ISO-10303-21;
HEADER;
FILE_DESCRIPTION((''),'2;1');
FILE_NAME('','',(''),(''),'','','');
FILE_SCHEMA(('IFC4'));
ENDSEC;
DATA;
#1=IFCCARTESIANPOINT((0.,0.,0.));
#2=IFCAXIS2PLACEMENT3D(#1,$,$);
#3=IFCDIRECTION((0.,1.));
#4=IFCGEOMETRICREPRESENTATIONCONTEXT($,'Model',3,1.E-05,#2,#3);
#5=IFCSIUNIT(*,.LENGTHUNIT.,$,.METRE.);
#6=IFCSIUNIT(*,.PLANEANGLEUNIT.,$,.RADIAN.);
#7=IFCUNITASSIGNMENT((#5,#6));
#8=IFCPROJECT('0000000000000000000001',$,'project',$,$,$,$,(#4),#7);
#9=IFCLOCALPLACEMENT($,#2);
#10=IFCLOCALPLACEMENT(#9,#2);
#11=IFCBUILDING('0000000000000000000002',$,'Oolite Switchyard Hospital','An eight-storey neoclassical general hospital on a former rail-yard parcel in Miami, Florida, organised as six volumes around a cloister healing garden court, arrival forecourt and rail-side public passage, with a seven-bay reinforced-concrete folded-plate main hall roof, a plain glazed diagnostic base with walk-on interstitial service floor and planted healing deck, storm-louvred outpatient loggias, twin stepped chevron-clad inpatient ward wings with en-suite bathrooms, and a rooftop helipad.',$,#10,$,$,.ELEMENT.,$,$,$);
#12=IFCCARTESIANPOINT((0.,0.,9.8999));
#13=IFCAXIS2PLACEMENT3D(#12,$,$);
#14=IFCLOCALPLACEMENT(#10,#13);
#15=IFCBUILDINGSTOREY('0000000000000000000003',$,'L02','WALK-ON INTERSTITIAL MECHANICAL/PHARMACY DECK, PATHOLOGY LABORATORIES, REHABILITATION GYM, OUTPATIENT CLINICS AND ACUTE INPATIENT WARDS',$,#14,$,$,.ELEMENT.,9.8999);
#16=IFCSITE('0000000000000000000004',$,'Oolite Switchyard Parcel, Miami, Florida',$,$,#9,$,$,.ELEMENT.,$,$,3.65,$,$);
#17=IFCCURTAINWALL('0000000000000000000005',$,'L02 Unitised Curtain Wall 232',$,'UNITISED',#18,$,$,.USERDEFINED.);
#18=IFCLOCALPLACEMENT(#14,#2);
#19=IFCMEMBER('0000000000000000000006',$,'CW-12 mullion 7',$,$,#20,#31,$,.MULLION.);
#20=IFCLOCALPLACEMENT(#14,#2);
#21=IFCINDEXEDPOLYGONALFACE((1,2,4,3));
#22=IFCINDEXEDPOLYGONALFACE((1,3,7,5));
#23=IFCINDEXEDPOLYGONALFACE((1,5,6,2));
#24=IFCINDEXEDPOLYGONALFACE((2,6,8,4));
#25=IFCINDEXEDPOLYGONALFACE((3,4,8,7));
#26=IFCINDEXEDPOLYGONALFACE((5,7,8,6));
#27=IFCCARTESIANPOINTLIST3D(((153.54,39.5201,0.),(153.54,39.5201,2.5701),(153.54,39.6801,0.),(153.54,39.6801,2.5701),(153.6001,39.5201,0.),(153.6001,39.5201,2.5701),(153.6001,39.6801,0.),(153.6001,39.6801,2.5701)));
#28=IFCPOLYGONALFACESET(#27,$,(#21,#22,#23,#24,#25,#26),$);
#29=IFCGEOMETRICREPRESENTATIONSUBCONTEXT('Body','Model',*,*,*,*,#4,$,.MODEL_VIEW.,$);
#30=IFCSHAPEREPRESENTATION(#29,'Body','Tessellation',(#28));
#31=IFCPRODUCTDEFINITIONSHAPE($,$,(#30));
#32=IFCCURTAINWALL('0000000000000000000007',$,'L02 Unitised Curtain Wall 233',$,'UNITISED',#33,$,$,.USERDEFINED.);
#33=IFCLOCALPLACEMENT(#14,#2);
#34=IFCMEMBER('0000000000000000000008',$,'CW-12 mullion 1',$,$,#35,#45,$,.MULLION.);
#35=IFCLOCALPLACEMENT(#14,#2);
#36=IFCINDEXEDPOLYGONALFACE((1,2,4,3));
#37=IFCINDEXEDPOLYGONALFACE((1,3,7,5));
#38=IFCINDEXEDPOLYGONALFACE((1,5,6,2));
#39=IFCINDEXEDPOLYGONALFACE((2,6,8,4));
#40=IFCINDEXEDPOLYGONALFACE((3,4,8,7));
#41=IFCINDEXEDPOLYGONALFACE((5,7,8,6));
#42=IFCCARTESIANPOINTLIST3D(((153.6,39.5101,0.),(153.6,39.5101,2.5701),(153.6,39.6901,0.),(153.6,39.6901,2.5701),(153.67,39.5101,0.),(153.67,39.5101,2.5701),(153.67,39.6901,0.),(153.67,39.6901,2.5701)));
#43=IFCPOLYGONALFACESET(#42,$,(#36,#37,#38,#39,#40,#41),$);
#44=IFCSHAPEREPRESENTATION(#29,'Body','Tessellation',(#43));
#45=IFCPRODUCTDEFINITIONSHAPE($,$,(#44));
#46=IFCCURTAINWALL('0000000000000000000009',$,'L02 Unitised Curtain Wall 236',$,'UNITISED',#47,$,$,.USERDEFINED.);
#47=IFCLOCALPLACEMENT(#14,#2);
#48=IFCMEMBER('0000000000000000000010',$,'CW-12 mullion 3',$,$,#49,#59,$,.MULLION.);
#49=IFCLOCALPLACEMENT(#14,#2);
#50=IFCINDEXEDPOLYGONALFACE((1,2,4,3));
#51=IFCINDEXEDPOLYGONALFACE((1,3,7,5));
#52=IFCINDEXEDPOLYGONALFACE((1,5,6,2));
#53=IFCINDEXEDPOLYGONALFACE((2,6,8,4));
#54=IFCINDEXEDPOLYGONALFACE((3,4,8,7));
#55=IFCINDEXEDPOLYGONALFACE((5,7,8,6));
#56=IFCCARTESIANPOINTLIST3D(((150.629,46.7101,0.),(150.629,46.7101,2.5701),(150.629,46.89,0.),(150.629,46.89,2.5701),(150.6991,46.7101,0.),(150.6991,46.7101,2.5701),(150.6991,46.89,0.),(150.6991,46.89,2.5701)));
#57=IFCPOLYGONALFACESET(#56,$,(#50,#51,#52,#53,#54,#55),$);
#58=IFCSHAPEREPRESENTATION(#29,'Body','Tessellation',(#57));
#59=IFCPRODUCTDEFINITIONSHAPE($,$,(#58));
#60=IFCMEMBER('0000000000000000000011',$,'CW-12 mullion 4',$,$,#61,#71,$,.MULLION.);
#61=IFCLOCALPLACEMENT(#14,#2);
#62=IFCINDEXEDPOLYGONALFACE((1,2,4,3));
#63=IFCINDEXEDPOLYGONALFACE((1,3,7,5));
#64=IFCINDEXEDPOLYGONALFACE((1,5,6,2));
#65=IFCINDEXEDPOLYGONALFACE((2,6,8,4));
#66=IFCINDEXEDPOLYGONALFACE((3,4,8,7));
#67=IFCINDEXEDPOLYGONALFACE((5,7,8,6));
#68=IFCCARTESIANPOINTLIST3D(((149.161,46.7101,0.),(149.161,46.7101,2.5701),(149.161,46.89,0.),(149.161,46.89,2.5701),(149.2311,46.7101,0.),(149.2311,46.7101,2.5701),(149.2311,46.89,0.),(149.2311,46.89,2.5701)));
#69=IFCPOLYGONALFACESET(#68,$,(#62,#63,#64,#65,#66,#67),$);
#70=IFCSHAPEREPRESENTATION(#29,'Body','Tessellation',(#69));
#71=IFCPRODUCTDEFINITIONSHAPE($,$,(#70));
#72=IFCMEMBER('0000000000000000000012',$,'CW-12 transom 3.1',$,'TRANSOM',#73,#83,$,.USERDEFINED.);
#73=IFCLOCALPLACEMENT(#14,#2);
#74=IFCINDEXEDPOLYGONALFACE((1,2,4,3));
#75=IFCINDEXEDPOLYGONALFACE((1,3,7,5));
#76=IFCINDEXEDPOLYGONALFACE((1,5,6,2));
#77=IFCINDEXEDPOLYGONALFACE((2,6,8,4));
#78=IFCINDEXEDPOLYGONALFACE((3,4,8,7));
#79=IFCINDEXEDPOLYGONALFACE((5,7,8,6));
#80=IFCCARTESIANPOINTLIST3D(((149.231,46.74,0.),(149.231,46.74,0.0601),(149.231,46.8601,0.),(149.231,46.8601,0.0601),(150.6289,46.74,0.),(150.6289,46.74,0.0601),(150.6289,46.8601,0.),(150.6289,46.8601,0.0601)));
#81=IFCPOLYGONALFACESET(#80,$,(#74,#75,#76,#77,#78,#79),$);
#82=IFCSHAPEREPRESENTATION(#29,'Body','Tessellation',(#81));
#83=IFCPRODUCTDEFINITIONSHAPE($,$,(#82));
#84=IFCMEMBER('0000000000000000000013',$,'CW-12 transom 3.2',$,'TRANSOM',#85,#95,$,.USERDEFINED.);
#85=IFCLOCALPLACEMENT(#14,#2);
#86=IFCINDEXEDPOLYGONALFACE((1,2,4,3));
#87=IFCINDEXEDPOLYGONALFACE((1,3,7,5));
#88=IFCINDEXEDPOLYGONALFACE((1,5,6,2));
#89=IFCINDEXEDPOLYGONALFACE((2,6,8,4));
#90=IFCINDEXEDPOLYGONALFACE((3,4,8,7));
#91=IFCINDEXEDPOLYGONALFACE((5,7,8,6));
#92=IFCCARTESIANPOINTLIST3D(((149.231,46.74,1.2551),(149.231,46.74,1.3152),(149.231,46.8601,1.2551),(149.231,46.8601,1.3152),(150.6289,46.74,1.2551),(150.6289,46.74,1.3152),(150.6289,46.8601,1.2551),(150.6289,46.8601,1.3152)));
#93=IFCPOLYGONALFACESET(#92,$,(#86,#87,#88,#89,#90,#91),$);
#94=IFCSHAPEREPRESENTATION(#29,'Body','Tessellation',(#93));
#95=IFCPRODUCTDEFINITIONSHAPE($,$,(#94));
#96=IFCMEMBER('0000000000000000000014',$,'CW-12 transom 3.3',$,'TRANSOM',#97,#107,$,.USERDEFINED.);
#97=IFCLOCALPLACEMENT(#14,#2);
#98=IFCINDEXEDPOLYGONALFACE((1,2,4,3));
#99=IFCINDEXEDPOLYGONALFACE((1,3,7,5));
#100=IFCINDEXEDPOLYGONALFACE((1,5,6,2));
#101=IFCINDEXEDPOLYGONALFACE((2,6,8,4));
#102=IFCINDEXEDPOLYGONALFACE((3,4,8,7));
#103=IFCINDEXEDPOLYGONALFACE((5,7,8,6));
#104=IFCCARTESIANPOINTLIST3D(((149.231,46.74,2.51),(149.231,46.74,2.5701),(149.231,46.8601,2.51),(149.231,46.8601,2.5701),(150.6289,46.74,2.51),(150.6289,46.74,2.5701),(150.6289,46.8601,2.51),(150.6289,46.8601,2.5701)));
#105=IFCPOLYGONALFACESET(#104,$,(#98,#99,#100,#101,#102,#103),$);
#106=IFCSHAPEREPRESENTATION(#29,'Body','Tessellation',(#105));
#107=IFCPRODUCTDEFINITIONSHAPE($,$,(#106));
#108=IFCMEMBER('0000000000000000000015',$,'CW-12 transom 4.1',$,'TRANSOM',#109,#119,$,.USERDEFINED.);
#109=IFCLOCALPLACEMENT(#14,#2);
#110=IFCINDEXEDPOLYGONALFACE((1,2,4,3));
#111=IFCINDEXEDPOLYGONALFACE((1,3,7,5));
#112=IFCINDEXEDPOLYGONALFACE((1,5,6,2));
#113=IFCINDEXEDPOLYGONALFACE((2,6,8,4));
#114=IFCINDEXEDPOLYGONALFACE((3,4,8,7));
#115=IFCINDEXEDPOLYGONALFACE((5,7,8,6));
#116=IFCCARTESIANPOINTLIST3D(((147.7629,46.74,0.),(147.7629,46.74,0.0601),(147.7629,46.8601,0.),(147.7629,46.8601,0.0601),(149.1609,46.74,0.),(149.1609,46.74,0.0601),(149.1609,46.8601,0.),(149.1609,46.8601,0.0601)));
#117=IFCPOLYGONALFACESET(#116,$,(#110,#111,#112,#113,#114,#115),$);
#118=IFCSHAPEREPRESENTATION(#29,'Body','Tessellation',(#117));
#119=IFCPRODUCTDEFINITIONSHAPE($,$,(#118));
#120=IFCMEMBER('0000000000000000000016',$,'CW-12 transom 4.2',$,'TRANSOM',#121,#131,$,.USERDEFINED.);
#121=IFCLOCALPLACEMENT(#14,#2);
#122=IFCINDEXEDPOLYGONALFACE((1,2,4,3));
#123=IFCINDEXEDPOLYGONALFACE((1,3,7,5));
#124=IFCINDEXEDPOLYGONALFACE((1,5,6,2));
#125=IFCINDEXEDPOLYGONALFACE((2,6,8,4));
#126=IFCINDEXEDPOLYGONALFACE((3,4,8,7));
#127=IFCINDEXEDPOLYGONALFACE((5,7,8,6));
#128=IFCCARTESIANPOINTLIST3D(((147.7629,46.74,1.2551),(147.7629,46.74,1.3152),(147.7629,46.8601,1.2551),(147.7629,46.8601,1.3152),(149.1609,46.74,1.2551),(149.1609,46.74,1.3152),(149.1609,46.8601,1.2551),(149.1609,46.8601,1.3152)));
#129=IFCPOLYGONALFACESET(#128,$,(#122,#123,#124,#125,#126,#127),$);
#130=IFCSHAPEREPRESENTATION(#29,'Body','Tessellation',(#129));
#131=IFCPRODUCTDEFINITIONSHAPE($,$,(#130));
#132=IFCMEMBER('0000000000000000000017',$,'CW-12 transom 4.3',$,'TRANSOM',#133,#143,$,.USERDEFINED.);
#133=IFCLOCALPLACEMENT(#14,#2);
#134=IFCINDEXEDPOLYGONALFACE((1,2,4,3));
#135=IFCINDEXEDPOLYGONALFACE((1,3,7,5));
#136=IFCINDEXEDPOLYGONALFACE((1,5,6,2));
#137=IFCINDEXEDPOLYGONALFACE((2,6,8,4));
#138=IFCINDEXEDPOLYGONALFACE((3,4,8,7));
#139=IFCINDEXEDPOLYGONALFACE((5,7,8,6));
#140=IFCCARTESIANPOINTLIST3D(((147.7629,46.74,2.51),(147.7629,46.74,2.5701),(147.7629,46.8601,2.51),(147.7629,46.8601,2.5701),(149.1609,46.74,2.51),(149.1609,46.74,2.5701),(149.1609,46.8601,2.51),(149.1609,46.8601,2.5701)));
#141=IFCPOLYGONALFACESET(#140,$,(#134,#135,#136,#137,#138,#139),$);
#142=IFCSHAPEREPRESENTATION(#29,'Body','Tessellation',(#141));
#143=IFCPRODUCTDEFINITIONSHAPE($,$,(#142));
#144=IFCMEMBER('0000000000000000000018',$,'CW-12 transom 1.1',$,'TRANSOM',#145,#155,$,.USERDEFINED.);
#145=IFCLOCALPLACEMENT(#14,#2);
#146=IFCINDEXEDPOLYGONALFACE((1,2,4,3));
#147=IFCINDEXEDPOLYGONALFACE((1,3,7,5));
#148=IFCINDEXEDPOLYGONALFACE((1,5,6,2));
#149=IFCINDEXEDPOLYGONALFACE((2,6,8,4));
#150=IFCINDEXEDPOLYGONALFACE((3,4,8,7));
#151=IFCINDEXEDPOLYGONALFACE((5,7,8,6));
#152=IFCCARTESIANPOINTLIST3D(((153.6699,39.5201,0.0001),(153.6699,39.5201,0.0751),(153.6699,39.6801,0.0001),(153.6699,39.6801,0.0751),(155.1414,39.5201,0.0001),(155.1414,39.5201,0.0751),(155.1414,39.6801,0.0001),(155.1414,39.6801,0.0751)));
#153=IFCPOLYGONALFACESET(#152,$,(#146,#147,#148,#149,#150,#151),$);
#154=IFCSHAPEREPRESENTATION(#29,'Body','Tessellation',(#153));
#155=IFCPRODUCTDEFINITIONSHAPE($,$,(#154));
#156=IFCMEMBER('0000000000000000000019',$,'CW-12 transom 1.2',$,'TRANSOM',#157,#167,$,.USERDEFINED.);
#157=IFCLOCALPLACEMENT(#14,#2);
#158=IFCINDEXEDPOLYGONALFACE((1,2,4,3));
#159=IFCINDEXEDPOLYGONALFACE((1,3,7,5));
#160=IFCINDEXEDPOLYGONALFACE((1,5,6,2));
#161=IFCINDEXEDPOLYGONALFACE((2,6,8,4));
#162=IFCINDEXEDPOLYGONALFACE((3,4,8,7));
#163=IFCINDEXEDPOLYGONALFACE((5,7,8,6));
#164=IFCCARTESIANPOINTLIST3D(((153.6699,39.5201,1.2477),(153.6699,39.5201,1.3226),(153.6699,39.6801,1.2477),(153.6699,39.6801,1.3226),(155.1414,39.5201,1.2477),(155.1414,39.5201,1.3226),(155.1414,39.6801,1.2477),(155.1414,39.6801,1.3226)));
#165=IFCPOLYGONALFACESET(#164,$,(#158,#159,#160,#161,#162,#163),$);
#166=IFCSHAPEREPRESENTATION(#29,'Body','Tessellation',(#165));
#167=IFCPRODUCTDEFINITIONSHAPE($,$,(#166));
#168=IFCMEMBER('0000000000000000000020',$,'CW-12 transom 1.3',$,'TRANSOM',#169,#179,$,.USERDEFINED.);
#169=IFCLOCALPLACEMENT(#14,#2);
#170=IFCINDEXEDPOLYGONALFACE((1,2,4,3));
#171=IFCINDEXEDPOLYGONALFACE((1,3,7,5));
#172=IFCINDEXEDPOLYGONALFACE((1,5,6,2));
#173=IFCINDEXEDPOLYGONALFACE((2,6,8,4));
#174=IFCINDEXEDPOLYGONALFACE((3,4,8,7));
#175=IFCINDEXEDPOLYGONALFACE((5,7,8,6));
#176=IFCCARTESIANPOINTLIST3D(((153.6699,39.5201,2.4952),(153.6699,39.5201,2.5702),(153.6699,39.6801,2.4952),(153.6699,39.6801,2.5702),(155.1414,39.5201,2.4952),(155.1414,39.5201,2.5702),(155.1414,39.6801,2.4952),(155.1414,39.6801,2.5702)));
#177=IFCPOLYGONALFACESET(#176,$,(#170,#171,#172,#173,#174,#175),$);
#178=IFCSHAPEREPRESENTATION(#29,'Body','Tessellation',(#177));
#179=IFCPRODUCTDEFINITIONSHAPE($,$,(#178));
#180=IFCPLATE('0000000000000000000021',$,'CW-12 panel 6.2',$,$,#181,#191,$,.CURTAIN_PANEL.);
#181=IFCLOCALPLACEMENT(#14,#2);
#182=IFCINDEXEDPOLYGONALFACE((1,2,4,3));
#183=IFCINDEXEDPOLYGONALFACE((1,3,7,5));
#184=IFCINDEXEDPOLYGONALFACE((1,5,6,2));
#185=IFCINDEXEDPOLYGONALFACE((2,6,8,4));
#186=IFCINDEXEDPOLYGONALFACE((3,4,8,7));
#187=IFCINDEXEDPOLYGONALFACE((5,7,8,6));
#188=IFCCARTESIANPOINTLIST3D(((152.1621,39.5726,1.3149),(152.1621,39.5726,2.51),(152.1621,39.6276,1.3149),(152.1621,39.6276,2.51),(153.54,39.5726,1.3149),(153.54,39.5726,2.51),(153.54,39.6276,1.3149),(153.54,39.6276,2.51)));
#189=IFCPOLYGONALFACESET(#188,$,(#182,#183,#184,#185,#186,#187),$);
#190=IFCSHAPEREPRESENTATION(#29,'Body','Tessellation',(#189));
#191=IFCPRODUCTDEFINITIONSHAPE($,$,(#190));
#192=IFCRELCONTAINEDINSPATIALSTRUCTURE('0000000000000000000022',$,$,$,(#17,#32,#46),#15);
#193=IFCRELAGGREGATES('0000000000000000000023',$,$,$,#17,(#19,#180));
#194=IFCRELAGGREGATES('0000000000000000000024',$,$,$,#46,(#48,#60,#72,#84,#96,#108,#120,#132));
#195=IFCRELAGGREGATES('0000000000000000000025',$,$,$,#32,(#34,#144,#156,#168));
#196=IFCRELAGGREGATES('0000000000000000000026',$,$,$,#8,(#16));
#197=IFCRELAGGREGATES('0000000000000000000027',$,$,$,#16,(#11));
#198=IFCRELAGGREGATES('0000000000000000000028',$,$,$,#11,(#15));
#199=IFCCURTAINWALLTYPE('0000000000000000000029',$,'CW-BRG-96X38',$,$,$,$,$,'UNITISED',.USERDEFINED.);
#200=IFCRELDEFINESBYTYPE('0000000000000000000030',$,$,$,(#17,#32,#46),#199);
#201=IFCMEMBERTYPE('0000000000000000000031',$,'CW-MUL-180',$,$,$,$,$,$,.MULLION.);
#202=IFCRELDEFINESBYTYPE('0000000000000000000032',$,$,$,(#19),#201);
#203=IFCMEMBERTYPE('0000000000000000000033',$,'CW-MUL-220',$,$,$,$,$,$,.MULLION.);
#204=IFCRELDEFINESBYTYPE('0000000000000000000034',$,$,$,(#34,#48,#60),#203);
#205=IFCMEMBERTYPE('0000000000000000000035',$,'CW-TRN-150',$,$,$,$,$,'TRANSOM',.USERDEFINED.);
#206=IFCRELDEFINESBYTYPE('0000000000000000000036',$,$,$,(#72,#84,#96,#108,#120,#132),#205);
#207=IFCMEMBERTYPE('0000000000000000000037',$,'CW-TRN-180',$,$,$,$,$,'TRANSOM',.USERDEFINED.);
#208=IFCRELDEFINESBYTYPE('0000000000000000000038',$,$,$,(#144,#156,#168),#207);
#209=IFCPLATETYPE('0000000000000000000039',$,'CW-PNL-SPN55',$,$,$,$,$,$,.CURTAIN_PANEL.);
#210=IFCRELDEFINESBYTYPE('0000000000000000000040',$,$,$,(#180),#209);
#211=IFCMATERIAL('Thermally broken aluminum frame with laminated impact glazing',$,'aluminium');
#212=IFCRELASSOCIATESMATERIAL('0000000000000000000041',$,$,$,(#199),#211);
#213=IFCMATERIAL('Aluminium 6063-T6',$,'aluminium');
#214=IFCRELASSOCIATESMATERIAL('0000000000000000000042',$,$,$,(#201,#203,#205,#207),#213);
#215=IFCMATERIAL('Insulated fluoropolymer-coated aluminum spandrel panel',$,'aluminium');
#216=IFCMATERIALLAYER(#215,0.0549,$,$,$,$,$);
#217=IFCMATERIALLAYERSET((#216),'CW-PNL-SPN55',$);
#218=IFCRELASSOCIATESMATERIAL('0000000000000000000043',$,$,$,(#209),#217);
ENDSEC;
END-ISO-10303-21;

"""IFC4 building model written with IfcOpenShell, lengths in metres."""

from ifc_helpers import new_model, si_unit, direction, frame, origin, origin_2d, place, context, subcontext, project, spatial, rectangle, extrude, material, layer, layer_set, material_profile, profile_set, type_object, element, aggregate, save


model = new_model("IFC4")

# Units and contexts
model_context = context("Model", 3, precision=1e-05, world=origin(), true_north=direction((0.0, 1.0)))
body_context = subcontext(model_context, "Body", "Model", "MODEL_VIEW")
ifc_project = project(units=[si_unit("LENGTHUNIT", "METRE"), si_unit("PLANEANGLEUNIT", "RADIAN")], contexts=[model_context])

# Site, building, storey
site_placement = place(None, origin())
site = spatial("IfcSite", under=ifc_project, at=site_placement, Name="Oolite Switchyard Parcel, Miami, Florida", CompositionType="ELEMENT", RefElevation=3.65)
building_placement = place(site_placement, origin())
building = spatial("IfcBuilding", under=site, at=building_placement, Name="Oolite Switchyard Hospital", Description="An eight-storey neoclassical general hospital on a former rail-yard parcel in Miami, Florida, organised as six volumes around a cloister healing garden court, arrival forecourt and rail-side public passage, with a seven-bay reinforced-concrete folded-plate main hall roof, a plain glazed diagnostic base with walk-on interstitial service floor and planted healing deck, storm-louvred outpatient loggias, twin stepped chevron-clad inpatient ward wings with en-suite bathrooms, and a rooftop helipad.", CompositionType="ELEMENT")
storey_placement = place(building_placement, frame((0.0, 0.0, 9.8999)))
storey = spatial("IfcBuildingStorey", under=building, at=storey_placement, Name="L02", Description="WALK-ON INTERSTITIAL MECHANICAL/PHARMACY DECK, PATHOLOGY LABORATORIES, REHABILITATION GYM, OUTPATIENT CLINICS AND ACUTE INPATIENT WARDS", CompositionType="ELEMENT", Elevation=9.8999)

# Curtain walls, members
ifc_material_1 = material(Name="Thermally broken aluminum frame with laminated impact glazing", Category="aluminium")
curtain_wall_type = type_object("IfcCurtainWallType", Name="CW-BRG-96X38", ElementType="UNITISED", PredefinedType="USERDEFINED", material=ifc_material_1)
curtain_wall_1_placement = place(storey_placement, origin())
curtain_wall_1 = element("IfcCurtainWall", 1, at=curtain_wall_1_placement, inside=storey, type_object=curtain_wall_type, Name="L02 Unitised Curtain Wall 232", ObjectType="UNITISED", PredefinedType="USERDEFINED")
ifc_material_2 = material(Name="Aluminium 6063-T6", Category="aluminium")
ifc_material_profile_1 = material_profile(ifc_material_2, rectangle(XDim=0.1599, YDim=0.0601, at=origin_2d()), Name="CWM60X160")
ifc_profile_set_1 = profile_set([ifc_material_profile_1], Name="Aluminium 6063-T6")
member_type_1 = type_object("IfcMemberType", Name="CW-MUL-180", PredefinedType="MULLION", material=ifc_profile_set_1)
member_1_placement = place(storey_placement, frame((153.5701, 39.6001, 0.0), z_axis=(0.0, 0.0, 1.0), x_axis=(0.0, 1.0, 0.0)))
member_1 = element("IfcMember", 2, at=member_1_placement, type_object=member_type_1, Name="CW-12 mullion 7", PredefinedType="MULLION", context=body_context, shape_type="SweptSolid", body=[
    extrude(rectangle(XDim=0.1599, YDim=0.0601, at=origin_2d()), origin(), (0.0, 0.0, 1.0), 2.5701),
])
curtain_wall_2_placement = place(storey_placement, origin())
curtain_wall_2 = element("IfcCurtainWall", 3, at=curtain_wall_2_placement, inside=storey, type_object=curtain_wall_type, Name="L02 Unitised Curtain Wall 233", ObjectType="UNITISED", PredefinedType="USERDEFINED")
ifc_material_profile_2 = material_profile(ifc_material_2, rectangle(XDim=0.1799, YDim=0.0701, at=origin_2d()), Name="CWM70X180")
ifc_profile_set_2 = profile_set([ifc_material_profile_2], Name="Aluminium 6063-T6")
member_type_2 = type_object("IfcMemberType", Name="CW-MUL-220", PredefinedType="MULLION", material=ifc_profile_set_2)
member_2_placement = place(storey_placement, frame((153.635, 39.6001, 0.0), z_axis=(0.0, 0.0, 1.0), x_axis=(0.0, 1.0, 0.0)))
member_2 = element("IfcMember", 4, at=member_2_placement, type_object=member_type_2, Name="CW-12 mullion 1", PredefinedType="MULLION", context=body_context, shape_type="SweptSolid", body=[
    extrude(rectangle(XDim=0.1799, YDim=0.0701, at=origin_2d()), origin(), (0.0, 0.0, 1.0), 2.5701),
])

# Curtain wall, members
curtain_wall_3_placement = place(storey_placement, origin())
curtain_wall_3 = element("IfcCurtainWall", 5, at=curtain_wall_3_placement, inside=storey, type_object=curtain_wall_type, Name="L02 Unitised Curtain Wall 236", ObjectType="UNITISED", PredefinedType="USERDEFINED")
member_3_placement = place(storey_placement, frame((150.6641, 46.8, 0.0), z_axis=(0.0, 0.0, 1.0), x_axis=(0.0, -1.0, 0.0)))
member_3 = element("IfcMember", 6, at=member_3_placement, type_object=member_type_2, Name="CW-12 mullion 3", PredefinedType="MULLION", context=body_context, shape_type="SweptSolid", body=[
    extrude(rectangle(XDim=0.1799, YDim=0.0701, at=origin_2d()), origin(), (0.0, 0.0, 1.0), 2.5701),
])
member_4_placement = place(storey_placement, frame((149.196, 46.8, 0.0), z_axis=(0.0, 0.0, 1.0), x_axis=(0.0, -1.0, 0.0)))
member_4 = element("IfcMember", 7, at=member_4_placement, type_object=member_type_2, Name="CW-12 mullion 4", PredefinedType="MULLION", context=body_context, shape_type="SweptSolid", body=[
    extrude(rectangle(XDim=0.1799, YDim=0.0701, at=origin_2d()), origin(), (0.0, 0.0, 1.0), 2.5701),
])
ifc_material_profile_3 = material_profile(ifc_material_2, rectangle(XDim=0.1201, YDim=0.0601, at=origin_2d()), Name="CWT60X120")
ifc_profile_set_3 = profile_set([ifc_material_profile_3], Name="Aluminium 6063-T6")
member_type_3 = type_object("IfcMemberType", Name="CW-TRN-150", ElementType="TRANSOM", PredefinedType="USERDEFINED", material=ifc_profile_set_3)
member_5_placement = place(storey_placement, frame((150.6289, 46.8, 0.03), z_axis=(-1.0, 0.0, 0.0), x_axis=(0.0, -1.0, 0.0)))
member_5 = element("IfcMember", 8, at=member_5_placement, type_object=member_type_3, Name="CW-12 transom 3.1", ObjectType="TRANSOM", PredefinedType="USERDEFINED", context=body_context, shape_type="SweptSolid", body=[
    extrude(rectangle(XDim=0.1201, YDim=0.0601, at=origin_2d()), origin(), (0.0, 0.0, 1.0), 1.3979),
])
member_6_placement = place(storey_placement, frame((150.6289, 46.8, 1.2852), z_axis=(-1.0, 0.0, 0.0), x_axis=(0.0, -1.0, 0.0)))
member_6 = element("IfcMember", 9, at=member_6_placement, type_object=member_type_3, Name="CW-12 transom 3.2", ObjectType="TRANSOM", PredefinedType="USERDEFINED", context=body_context, shape_type="SweptSolid", body=[
    extrude(rectangle(XDim=0.1201, YDim=0.0601, at=origin_2d()), origin(), (0.0, 0.0, 1.0), 1.3979),
])
member_7_placement = place(storey_placement, frame((150.6289, 46.8, 2.54), z_axis=(-1.0, 0.0, 0.0), x_axis=(0.0, -1.0, 0.0)))
member_7 = element("IfcMember", 10, at=member_7_placement, type_object=member_type_3, Name="CW-12 transom 3.3", ObjectType="TRANSOM", PredefinedType="USERDEFINED", context=body_context, shape_type="SweptSolid", body=[
    extrude(rectangle(XDim=0.1201, YDim=0.0601, at=origin_2d()), origin(), (0.0, 0.0, 1.0), 1.3979),
])
member_8_placement = place(storey_placement, frame((149.1609, 46.8, 0.03), z_axis=(-1.0, 0.0, 0.0), x_axis=(0.0, -1.0, 0.0)))
member_8 = element("IfcMember", 11, at=member_8_placement, type_object=member_type_3, Name="CW-12 transom 4.1", ObjectType="TRANSOM", PredefinedType="USERDEFINED", context=body_context, shape_type="SweptSolid", body=[
    extrude(rectangle(XDim=0.1201, YDim=0.0601, at=origin_2d()), origin(), (0.0, 0.0, 1.0), 1.3979),
])
member_9_placement = place(storey_placement, frame((149.1609, 46.8, 1.2852), z_axis=(-1.0, 0.0, 0.0), x_axis=(0.0, -1.0, 0.0)))
member_9 = element("IfcMember", 12, at=member_9_placement, type_object=member_type_3, Name="CW-12 transom 4.2", ObjectType="TRANSOM", PredefinedType="USERDEFINED", context=body_context, shape_type="SweptSolid", body=[
    extrude(rectangle(XDim=0.1201, YDim=0.0601, at=origin_2d()), origin(), (0.0, 0.0, 1.0), 1.3979),
])
member_10_placement = place(storey_placement, frame((149.1609, 46.8, 2.54), z_axis=(-1.0, 0.0, 0.0), x_axis=(0.0, -1.0, 0.0)))
member_10 = element("IfcMember", 13, at=member_10_placement, type_object=member_type_3, Name="CW-12 transom 4.3", ObjectType="TRANSOM", PredefinedType="USERDEFINED", context=body_context, shape_type="SweptSolid", body=[
    extrude(rectangle(XDim=0.1201, YDim=0.0601, at=origin_2d()), origin(), (0.0, 0.0, 1.0), 1.3979),
])

# Members
ifc_material_profile_4 = material_profile(ifc_material_2, rectangle(XDim=0.1599, YDim=0.075, at=origin_2d()), Name="CWT75X160")
ifc_profile_set_4 = profile_set([ifc_material_profile_4], Name="Aluminium 6063-T6")
member_type_4 = type_object("IfcMemberType", Name="CW-TRN-180", ElementType="TRANSOM", PredefinedType="USERDEFINED", material=ifc_profile_set_4)
member_11_placement = place(storey_placement, frame((153.6699, 39.6001, 0.0376), z_axis=(1.0, 0.0, 0.0), x_axis=(0.0, 1.0, 0.0)))
member_11 = element("IfcMember", 14, at=member_11_placement, type_object=member_type_4, Name="CW-12 transom 1.1", ObjectType="TRANSOM", PredefinedType="USERDEFINED", context=body_context, shape_type="SweptSolid", body=[
    extrude(rectangle(XDim=0.1599, YDim=0.075, at=origin_2d()), origin(), (0.0, 0.0, 1.0), 1.4714),
])
member_12_placement = place(storey_placement, frame((153.6699, 39.6001, 1.2852), z_axis=(1.0, 0.0, 0.0), x_axis=(0.0, 1.0, 0.0)))
member_12 = element("IfcMember", 15, at=member_12_placement, type_object=member_type_4, Name="CW-12 transom 1.2", ObjectType="TRANSOM", PredefinedType="USERDEFINED", context=body_context, shape_type="SweptSolid", body=[
    extrude(rectangle(XDim=0.1599, YDim=0.075, at=origin_2d()), origin(), (0.0, 0.0, 1.0), 1.4714),
])
member_13_placement = place(storey_placement, frame((153.6699, 39.6001, 2.5327), z_axis=(1.0, 0.0, 0.0), x_axis=(0.0, 1.0, 0.0)))
member_13 = element("IfcMember", 16, at=member_13_placement, type_object=member_type_4, Name="CW-12 transom 1.3", ObjectType="TRANSOM", PredefinedType="USERDEFINED", context=body_context, shape_type="SweptSolid", body=[
    extrude(rectangle(XDim=0.1599, YDim=0.075, at=origin_2d()), origin(), (0.0, 0.0, 1.0), 1.4714),
])

# Plate
ifc_material_3 = material(Name="Insulated fluoropolymer-coated aluminum spandrel panel", Category="aluminium")
ifc_layer_1 = layer(ifc_material_3, 0.0549)
ifc_layer_set_1 = layer_set([ifc_layer_1], Name="CW-PNL-SPN55")
plate_type_1 = type_object("IfcPlateType", Name="CW-PNL-SPN55", PredefinedType="CURTAIN_PANEL", material=ifc_layer_set_1)
plate_1_placement = place(storey_placement, frame((152.8511, 39.6001, 1.3149), z_axis=(0.0, 0.0, 1.0), x_axis=(1.0, 0.0, 0.0)))
plate_1 = element("IfcPlate", 17, at=plate_1_placement, type_object=plate_type_1, Name="CW-12 panel 6.2", PredefinedType="CURTAIN_PANEL", context=body_context, shape_type="SweptSolid", body=[
    extrude(rectangle(XDim=1.3779, YDim=0.0549, at=origin_2d()), origin(), (0.0, 0.0, 1.0), 1.1951),
])
aggregate(curtain_wall_1, [member_1, plate_1])
aggregate(curtain_wall_3, [member_3, member_4, member_5, member_6, member_7, member_8, member_9, member_10])
aggregate(curtain_wall_2, [member_2, member_11, member_12, member_13])

save(model, "model.ifc")
